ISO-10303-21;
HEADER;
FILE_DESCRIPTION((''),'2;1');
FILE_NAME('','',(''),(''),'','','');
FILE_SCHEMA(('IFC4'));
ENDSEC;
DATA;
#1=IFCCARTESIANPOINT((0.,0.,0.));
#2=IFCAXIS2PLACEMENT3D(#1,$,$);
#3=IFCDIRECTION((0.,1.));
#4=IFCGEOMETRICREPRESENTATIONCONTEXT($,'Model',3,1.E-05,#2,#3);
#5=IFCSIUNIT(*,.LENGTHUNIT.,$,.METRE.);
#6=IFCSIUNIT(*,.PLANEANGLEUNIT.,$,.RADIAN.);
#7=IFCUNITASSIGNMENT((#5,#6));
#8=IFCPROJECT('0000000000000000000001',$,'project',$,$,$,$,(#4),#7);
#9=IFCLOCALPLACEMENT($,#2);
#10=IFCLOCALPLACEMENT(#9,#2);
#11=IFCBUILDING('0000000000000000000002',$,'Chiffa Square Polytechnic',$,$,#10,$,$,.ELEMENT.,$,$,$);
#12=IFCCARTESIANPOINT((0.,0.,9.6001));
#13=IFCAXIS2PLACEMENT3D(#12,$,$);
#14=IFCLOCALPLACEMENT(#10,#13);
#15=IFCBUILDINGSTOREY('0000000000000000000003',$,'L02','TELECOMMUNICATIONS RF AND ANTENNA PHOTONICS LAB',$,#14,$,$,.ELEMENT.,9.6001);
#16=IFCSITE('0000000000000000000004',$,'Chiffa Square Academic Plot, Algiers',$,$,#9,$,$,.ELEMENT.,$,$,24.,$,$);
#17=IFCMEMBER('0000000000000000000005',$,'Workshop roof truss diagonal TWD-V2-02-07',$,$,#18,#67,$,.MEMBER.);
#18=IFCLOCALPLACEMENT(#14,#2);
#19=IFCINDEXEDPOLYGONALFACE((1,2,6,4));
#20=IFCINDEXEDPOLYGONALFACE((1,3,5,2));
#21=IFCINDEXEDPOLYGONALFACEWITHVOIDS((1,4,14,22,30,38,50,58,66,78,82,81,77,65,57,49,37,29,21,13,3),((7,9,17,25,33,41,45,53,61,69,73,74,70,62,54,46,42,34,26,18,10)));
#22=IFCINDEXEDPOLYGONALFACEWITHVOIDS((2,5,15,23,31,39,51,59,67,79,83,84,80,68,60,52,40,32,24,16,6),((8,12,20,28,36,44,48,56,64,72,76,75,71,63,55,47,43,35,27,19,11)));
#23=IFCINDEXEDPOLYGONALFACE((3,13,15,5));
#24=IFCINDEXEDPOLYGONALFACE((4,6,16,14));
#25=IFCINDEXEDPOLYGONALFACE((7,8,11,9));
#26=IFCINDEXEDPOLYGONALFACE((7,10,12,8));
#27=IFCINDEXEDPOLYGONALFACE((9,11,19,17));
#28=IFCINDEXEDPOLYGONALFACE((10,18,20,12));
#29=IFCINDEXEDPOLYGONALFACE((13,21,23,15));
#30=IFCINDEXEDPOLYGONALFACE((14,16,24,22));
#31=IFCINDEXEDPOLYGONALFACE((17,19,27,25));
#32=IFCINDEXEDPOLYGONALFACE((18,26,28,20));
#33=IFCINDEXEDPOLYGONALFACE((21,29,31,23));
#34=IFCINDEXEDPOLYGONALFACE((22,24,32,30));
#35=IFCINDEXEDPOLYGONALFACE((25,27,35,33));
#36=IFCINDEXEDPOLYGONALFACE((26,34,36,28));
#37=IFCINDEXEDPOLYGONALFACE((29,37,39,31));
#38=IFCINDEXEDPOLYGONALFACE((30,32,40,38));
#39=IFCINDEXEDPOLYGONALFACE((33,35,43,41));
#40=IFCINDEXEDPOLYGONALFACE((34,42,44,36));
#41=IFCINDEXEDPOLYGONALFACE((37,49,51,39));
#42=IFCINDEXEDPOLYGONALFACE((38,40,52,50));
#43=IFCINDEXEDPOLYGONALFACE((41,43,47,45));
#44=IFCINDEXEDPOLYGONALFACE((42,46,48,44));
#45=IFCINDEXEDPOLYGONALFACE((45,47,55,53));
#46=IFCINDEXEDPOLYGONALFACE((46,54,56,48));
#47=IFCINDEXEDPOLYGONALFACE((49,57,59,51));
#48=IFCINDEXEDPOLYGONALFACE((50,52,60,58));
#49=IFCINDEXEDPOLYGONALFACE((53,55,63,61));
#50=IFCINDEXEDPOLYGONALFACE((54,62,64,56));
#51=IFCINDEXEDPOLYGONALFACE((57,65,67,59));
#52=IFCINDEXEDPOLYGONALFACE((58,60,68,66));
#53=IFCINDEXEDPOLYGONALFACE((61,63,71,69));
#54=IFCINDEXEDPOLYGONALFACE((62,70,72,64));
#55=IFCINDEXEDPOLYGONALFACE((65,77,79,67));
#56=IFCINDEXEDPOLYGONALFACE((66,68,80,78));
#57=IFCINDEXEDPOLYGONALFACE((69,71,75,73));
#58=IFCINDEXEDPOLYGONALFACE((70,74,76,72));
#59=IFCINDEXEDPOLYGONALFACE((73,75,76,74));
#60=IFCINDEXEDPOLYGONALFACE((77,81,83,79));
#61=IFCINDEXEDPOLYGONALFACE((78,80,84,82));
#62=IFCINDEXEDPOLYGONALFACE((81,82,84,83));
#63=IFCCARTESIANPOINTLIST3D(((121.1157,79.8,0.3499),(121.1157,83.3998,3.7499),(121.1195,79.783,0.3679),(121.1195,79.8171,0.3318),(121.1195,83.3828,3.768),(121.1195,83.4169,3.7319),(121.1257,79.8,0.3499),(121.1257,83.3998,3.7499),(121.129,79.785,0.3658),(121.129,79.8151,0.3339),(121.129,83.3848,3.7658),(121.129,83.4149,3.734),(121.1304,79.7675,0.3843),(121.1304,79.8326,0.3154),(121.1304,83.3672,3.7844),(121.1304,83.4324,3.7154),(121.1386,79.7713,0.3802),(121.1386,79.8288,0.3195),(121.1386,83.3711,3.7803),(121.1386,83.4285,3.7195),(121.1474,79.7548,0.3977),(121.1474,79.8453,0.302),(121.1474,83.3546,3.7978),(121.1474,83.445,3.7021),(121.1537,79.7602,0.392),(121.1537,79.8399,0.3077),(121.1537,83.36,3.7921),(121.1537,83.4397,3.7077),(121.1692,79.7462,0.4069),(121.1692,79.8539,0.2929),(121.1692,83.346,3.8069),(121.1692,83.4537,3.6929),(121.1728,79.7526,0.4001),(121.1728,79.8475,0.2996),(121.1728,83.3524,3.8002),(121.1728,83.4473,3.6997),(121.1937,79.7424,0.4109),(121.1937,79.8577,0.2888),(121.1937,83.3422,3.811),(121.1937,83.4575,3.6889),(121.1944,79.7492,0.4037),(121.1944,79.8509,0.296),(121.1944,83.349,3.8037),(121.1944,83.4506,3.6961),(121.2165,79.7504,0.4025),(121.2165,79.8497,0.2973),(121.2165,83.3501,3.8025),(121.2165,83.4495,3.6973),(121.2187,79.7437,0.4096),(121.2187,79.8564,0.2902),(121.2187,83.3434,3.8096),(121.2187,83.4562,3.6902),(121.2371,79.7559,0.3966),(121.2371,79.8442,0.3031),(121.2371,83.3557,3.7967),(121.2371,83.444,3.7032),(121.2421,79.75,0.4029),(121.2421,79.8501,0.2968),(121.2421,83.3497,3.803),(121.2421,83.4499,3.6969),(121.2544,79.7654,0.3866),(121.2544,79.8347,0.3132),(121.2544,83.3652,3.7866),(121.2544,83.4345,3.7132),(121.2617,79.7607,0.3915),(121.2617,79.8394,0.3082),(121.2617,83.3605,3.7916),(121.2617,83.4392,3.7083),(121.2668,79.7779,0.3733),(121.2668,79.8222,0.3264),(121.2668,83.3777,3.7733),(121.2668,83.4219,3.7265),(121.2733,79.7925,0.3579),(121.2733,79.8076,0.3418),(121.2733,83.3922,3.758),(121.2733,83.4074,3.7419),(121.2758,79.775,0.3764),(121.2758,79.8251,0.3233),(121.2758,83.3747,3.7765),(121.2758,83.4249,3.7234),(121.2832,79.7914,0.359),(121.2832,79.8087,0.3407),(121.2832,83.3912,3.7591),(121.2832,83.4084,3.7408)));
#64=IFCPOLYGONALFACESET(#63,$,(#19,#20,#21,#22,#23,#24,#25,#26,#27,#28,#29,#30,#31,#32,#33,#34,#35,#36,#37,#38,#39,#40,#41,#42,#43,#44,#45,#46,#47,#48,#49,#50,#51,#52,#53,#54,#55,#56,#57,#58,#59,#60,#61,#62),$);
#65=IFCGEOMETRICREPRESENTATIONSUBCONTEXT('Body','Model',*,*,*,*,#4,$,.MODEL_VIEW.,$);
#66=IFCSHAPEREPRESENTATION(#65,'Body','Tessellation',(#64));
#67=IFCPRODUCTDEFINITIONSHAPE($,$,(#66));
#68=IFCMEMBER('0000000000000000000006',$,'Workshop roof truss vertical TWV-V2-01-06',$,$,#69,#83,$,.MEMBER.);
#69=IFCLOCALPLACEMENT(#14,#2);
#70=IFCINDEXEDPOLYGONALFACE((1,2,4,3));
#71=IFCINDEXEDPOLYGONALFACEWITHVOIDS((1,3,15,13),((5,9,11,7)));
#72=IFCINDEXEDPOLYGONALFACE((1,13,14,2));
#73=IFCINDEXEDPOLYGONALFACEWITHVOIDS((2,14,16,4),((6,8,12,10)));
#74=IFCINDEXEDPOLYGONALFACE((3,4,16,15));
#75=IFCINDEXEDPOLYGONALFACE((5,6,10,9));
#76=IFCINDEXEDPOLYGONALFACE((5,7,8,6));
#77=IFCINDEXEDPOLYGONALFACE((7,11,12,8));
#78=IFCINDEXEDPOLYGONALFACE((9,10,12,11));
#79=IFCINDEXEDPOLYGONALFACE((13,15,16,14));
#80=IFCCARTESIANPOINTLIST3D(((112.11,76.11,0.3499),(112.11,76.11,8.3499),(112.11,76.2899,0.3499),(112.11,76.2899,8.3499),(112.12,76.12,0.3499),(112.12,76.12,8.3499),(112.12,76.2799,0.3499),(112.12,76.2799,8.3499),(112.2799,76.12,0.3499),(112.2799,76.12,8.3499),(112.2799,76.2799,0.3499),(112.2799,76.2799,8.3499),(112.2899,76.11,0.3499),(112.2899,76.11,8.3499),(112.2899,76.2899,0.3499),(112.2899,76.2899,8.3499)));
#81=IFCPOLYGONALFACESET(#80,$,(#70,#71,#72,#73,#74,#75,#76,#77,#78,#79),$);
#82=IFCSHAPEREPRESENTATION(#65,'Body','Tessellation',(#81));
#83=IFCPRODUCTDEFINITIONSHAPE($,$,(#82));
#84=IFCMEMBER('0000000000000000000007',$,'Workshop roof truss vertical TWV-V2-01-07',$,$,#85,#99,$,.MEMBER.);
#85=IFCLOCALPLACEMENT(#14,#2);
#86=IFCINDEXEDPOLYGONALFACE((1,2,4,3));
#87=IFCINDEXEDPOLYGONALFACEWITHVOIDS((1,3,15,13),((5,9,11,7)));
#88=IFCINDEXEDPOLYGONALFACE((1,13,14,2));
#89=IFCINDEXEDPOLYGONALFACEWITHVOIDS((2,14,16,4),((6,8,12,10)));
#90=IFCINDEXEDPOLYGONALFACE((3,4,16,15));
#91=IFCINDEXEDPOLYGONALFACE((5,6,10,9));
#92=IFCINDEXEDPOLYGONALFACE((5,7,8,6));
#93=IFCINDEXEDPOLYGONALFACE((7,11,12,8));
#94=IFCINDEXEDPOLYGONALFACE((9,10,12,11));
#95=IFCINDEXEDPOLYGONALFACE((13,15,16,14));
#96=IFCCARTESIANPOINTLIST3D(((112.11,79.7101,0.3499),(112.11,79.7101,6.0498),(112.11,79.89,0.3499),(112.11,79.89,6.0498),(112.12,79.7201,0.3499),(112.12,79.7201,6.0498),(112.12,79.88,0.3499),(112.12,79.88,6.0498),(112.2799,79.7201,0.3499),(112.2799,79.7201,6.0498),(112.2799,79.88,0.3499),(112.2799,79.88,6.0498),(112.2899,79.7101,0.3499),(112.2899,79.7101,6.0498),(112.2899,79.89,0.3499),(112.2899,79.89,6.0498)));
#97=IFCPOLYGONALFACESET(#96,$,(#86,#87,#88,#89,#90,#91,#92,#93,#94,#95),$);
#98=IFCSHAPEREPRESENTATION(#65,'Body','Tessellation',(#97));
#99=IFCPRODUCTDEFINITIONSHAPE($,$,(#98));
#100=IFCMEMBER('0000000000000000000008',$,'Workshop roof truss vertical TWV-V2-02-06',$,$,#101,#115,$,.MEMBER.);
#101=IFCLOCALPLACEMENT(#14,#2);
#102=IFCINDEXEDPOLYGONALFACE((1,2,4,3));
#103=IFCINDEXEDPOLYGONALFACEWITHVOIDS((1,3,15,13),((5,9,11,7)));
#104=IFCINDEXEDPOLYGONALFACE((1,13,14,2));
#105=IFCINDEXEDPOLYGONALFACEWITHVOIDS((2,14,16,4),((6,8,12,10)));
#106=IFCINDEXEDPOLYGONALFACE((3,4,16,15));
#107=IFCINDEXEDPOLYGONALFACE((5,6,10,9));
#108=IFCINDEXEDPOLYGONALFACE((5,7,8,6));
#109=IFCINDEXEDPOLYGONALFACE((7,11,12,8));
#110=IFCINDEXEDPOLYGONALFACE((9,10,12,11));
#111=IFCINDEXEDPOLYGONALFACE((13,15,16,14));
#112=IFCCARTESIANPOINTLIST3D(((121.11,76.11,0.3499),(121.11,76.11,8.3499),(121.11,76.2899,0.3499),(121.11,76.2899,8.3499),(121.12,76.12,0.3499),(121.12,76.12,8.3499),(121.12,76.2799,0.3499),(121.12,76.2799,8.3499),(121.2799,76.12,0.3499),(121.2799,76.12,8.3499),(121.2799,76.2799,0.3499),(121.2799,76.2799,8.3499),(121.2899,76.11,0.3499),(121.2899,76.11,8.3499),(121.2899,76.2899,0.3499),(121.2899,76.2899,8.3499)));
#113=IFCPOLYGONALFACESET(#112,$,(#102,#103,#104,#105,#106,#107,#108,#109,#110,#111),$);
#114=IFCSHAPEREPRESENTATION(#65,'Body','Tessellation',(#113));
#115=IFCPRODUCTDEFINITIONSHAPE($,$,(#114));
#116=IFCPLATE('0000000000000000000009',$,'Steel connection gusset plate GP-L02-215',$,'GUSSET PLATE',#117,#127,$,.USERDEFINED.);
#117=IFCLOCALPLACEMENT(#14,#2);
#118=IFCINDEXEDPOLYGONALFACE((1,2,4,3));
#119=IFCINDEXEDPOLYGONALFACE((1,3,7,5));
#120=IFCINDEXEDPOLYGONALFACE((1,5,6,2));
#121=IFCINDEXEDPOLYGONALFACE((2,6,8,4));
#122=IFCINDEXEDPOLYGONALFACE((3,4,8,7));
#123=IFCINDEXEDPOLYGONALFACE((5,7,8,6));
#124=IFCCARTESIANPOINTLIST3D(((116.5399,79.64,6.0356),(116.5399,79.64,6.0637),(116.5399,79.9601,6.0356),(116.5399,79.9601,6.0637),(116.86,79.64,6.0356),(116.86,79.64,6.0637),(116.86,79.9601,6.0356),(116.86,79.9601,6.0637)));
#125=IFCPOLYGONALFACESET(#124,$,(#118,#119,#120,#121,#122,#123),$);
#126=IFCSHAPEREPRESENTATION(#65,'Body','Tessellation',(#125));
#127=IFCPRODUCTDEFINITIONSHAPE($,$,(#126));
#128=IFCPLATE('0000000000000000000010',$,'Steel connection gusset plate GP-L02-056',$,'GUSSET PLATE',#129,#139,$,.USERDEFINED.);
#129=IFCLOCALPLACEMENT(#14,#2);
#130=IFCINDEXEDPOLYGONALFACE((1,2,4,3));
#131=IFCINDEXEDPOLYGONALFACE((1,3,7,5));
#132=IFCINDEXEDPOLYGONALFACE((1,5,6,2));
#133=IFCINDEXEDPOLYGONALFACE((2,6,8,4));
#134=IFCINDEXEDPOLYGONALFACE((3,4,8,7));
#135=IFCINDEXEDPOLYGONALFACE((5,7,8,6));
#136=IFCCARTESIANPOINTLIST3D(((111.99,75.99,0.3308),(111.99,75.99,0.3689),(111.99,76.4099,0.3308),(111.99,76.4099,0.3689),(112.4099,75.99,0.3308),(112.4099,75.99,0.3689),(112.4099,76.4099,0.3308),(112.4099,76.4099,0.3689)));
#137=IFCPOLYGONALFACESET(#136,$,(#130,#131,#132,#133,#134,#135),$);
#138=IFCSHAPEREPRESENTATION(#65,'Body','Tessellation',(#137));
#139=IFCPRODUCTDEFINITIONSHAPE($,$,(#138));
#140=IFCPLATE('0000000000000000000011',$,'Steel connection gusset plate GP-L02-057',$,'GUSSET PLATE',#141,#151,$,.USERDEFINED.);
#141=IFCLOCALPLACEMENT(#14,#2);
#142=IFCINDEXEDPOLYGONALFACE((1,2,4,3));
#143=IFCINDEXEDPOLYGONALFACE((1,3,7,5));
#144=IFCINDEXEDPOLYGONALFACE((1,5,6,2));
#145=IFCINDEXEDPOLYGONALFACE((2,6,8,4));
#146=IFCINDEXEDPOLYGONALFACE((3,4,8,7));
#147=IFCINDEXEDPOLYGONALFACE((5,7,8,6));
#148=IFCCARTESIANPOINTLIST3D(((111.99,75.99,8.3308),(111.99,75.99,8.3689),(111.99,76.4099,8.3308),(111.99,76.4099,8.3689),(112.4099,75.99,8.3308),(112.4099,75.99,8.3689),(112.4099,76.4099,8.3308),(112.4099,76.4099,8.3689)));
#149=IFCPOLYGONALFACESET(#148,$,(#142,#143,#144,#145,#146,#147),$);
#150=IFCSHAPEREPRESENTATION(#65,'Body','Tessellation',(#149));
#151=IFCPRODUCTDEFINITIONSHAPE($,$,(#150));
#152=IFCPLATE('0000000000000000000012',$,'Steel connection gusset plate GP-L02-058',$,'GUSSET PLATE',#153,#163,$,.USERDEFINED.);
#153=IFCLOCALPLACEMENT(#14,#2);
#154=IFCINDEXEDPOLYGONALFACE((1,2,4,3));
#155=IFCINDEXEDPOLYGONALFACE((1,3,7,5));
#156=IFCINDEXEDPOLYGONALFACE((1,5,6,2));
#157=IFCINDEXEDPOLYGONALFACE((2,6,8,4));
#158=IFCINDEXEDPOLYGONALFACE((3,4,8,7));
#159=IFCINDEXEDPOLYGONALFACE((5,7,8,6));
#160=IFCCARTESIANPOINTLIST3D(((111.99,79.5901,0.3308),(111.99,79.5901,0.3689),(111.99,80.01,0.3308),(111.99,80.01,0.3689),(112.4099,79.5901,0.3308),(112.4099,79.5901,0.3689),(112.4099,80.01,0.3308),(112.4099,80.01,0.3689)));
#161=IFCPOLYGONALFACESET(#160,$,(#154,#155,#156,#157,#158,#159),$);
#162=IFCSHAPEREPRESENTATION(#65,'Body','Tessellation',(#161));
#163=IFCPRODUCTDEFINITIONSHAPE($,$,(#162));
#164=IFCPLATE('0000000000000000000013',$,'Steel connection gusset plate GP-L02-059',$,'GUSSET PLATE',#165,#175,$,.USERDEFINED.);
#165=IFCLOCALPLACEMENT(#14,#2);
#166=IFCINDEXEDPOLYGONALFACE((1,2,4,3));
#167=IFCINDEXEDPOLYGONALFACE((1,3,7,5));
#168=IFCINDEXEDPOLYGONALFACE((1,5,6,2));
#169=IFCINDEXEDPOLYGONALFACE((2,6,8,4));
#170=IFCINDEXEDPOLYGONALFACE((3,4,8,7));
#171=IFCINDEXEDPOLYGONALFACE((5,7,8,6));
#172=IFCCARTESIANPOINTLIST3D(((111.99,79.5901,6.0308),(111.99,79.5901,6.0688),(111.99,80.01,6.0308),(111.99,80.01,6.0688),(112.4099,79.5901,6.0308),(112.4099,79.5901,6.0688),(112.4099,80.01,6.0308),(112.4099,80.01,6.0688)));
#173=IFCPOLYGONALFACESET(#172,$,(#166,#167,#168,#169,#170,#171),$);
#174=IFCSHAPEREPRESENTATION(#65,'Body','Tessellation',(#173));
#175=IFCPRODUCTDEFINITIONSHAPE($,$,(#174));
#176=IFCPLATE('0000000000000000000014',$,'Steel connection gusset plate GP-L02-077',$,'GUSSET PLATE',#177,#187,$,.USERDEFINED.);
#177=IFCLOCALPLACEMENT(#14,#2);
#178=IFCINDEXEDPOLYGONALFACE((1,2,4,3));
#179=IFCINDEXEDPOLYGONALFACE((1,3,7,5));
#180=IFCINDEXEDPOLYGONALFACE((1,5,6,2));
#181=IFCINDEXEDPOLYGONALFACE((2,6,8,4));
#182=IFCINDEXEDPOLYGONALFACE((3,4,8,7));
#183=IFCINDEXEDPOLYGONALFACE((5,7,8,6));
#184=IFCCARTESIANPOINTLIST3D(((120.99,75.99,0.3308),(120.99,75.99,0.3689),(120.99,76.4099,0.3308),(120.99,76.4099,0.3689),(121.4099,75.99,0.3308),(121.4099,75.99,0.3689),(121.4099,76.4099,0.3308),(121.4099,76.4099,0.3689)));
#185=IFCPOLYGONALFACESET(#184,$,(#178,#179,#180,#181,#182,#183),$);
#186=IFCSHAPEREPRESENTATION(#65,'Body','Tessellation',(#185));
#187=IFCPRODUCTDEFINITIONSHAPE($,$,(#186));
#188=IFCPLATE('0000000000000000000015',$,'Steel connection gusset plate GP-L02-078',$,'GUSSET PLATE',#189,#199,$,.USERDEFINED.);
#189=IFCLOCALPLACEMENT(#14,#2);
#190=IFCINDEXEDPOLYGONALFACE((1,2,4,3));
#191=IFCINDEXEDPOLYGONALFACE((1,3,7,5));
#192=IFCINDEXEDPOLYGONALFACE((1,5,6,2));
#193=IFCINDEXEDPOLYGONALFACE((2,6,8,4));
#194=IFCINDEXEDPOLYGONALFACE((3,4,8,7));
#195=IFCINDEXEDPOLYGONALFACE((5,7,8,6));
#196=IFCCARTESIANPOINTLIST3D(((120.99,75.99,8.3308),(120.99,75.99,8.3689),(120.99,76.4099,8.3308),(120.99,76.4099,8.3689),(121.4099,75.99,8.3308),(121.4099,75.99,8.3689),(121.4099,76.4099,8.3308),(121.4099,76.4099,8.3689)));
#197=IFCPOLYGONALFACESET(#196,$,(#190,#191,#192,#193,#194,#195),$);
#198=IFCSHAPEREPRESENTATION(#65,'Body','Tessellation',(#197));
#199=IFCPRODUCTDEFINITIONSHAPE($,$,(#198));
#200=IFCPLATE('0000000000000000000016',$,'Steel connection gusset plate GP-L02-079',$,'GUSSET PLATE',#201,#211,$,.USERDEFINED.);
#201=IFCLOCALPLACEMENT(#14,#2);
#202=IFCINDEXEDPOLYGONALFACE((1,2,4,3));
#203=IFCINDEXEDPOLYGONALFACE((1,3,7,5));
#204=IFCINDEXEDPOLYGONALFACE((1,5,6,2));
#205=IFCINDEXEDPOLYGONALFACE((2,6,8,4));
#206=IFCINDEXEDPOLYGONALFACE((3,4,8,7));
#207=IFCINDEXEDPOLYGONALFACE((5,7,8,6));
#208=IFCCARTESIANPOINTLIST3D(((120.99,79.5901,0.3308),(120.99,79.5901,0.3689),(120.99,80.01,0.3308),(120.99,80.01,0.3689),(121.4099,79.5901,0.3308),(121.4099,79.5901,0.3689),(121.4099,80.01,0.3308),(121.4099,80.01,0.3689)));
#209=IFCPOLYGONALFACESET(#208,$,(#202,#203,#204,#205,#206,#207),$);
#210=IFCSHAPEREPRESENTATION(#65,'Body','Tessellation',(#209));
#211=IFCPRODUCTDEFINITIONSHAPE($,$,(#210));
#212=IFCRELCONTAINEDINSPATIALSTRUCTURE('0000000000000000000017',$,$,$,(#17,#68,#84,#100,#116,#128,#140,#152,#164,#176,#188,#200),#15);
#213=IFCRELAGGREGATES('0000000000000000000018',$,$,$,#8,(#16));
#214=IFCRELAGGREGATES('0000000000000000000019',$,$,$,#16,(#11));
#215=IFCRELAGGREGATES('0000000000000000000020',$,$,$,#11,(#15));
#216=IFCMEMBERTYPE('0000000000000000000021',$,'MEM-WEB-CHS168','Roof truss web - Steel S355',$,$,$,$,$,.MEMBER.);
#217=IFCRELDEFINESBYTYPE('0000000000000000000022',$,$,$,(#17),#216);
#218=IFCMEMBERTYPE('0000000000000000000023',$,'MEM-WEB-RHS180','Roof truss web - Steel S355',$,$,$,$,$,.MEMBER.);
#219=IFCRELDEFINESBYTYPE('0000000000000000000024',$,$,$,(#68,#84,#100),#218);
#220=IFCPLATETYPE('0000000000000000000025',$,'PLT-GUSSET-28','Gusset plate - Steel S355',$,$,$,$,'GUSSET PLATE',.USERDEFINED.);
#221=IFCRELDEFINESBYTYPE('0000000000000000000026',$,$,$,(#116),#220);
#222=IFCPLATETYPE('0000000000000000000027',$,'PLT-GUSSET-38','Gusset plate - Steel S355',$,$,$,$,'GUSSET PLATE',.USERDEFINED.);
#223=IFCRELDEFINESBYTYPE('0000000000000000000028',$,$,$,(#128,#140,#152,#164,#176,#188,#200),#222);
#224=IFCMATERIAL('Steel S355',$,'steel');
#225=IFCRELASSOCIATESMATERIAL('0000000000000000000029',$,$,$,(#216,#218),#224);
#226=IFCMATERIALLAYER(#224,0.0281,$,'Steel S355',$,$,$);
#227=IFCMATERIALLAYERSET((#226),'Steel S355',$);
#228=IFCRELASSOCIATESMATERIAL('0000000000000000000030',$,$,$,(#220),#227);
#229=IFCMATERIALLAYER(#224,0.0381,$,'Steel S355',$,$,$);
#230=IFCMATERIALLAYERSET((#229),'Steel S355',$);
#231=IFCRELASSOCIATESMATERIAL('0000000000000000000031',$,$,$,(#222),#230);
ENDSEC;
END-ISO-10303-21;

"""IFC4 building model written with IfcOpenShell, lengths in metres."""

from ifc_helpers import new_model, si_unit, direction, frame, origin, origin_2d, place, context, subcontext, project, spatial, rectangle, hollow_rectangle, hollow_circle, extrude, material, layer, layer_set, material_profile, profile_set, type_object, element, save


model = new_model("IFC4")

# Units and contexts
model_context = context("Model", 3, precision=1e-05, world=origin(), true_north=direction((0.0, 1.0)))
body_context = subcontext(model_context, "Body", "Model", "MODEL_VIEW")
ifc_project = project(units=[si_unit("LENGTHUNIT", "METRE"), si_unit("PLANEANGLEUNIT", "RADIAN")], contexts=[model_context])

# Site, building, storey
site_placement = place(None, origin())
site = spatial("IfcSite", under=ifc_project, at=site_placement, Name="Chiffa Square Academic Plot, Algiers", CompositionType="ELEMENT", RefElevation=24.0)
building_placement = place(site_placement, origin())
building = spatial("IfcBuilding", under=site, at=building_placement, Name="Chiffa Square Polytechnic", CompositionType="ELEMENT")
storey_placement = place(building_placement, frame((0.0, 0.0, 9.6001)))
storey = spatial("IfcBuildingStorey", under=building, at=storey_placement, Name="L02", Description="TELECOMMUNICATIONS RF AND ANTENNA PHOTONICS LAB", CompositionType="ELEMENT", Elevation=9.6001)

# Shared definitions
ifc_material_1 = material(Name="Steel S355", Category="steel")

# Members
ifc_material_profile_1 = material_profile(ifc_material_1, hollow_circle(Radius=0.0842, WallThickness=0.01, at=origin_2d()), Name="CHS 168.3x10")
ifc_profile_set_1 = profile_set([ifc_material_profile_1], Name="Steel S355")
member_type_1 = type_object("IfcMemberType", Name="MEM-WEB-CHS168", Description="Roof truss web - Steel S355", PredefinedType="MEMBER", material=ifc_profile_set_1)
member_1_placement = place(storey_placement, frame((121.2, 79.8, 0.3499), z_axis=(0.0, 0.726984, 0.686654), x_axis=(-1.0, 0.0, 0.0)))
element("IfcMember", 1, at=member_1_placement, inside=storey, type_object=member_type_1, Name="Workshop roof truss diagonal TWD-V2-02-07", PredefinedType="MEMBER", context=body_context, shape_type="SweptSolid", body=[
    extrude(hollow_circle(Radius=0.0842, WallThickness=0.01, at=origin_2d()), origin(), (0.0, 0.0, 1.0), 4.9517),
])
ifc_material_profile_2 = material_profile(ifc_material_1, hollow_rectangle(XDim=0.1799, YDim=0.1799, WallThickness=0.01, at=origin_2d()), Name="RHS 180x180x10")
ifc_profile_set_2 = profile_set([ifc_material_profile_2], Name="Steel S355")
member_type_2 = type_object("IfcMemberType", Name="MEM-WEB-RHS180", Description="Roof truss web - Steel S355", PredefinedType="MEMBER", material=ifc_profile_set_2)
member_2_placement = place(storey_placement, frame((112.2, 76.2, 0.3499), z_axis=(0.0, 0.0, 1.0), x_axis=(1.0, 0.0, 0.0)))
element("IfcMember", 2, at=member_2_placement, inside=storey, type_object=member_type_2, Name="Workshop roof truss vertical TWV-V2-01-06", PredefinedType="MEMBER", context=body_context, shape_type="SweptSolid", body=[
    extrude(hollow_rectangle(XDim=0.1799, YDim=0.1799, WallThickness=0.01, at=origin_2d()), origin(), (0.0, 0.0, 1.0), 8.0),
])
member_3_placement = place(storey_placement, frame((112.2, 79.8, 0.3499), z_axis=(0.0, 0.0, 1.0), x_axis=(1.0, 0.0, 0.0)))
element("IfcMember", 3, at=member_3_placement, inside=storey, type_object=member_type_2, Name="Workshop roof truss vertical TWV-V2-01-07", PredefinedType="MEMBER", context=body_context, shape_type="SweptSolid", body=[
    extrude(hollow_rectangle(XDim=0.1799, YDim=0.1799, WallThickness=0.01, at=origin_2d()), origin(), (0.0, 0.0, 1.0), 5.7),
])
member_4_placement = place(storey_placement, frame((121.2, 76.2, 0.3499), z_axis=(0.0, 0.0, 1.0), x_axis=(1.0, 0.0, 0.0)))
element("IfcMember", 4, at=member_4_placement, inside=storey, type_object=member_type_2, Name="Workshop roof truss vertical TWV-V2-02-06", PredefinedType="MEMBER", context=body_context, shape_type="SweptSolid", body=[
    extrude(hollow_rectangle(XDim=0.1799, YDim=0.1799, WallThickness=0.01, at=origin_2d()), origin(), (0.0, 0.0, 1.0), 8.0),
])

# Plates
ifc_layer_1 = layer(ifc_material_1, 0.0281, Name="Steel S355")
ifc_layer_set_1 = layer_set([ifc_layer_1], Name="Steel S355")
plate_type_1 = type_object("IfcPlateType", Name="PLT-GUSSET-28", Description="Gusset plate - Steel S355", ElementType="GUSSET PLATE", PredefinedType="USERDEFINED", material=ifc_layer_set_1)
plate_placement = place(storey_placement, frame((116.7, 79.8, 6.0356), z_axis=(0.0, 0.0, 1.0), x_axis=(1.0, 0.0, 0.0)))
element("IfcPlate", 5, at=plate_placement, inside=storey, type_object=plate_type_1, Name="Steel connection gusset plate GP-L02-215", ObjectType="GUSSET PLATE", PredefinedType="USERDEFINED", context=body_context, shape_type="SweptSolid", body=[
    extrude(rectangle(XDim=0.3201, YDim=0.3201, at=origin_2d()), origin(), (0.0, 0.0, 1.0), 0.0281),
])
ifc_layer_2 = layer(ifc_material_1, 0.0381, Name="Steel S355")
ifc_layer_set_2 = layer_set([ifc_layer_2], Name="Steel S355")
plate_type_2 = type_object("IfcPlateType", Name="PLT-GUSSET-38", Description="Gusset plate - Steel S355", ElementType="GUSSET PLATE", PredefinedType="USERDEFINED", material=ifc_layer_set_2)
for number, where, z_axis, x_axis, name in (
    (6, (112.2, 76.2, 0.3308), (0.0, 0.0, 1.0), (1.0, 0.0, 0.0), "Steel connection gusset plate GP-L02-056"),
    (7, (112.2, 76.2, 8.3308), (0.0, 0.0, 1.0), (1.0, 0.0, 0.0), "Steel connection gusset plate GP-L02-057"),
    (8, (112.2, 79.8, 0.3308), (0.0, 0.0, 1.0), (1.0, 0.0, 0.0), "Steel connection gusset plate GP-L02-058"),
    (9, (112.2, 79.8, 6.0308), (0.0, 0.0, 1.0), (1.0, 0.0, 0.0), "Steel connection gusset plate GP-L02-059"),
    (10, (121.2, 76.2, 0.3308), (0.0, 0.0, 1.0), (1.0, 0.0, 0.0), "Steel connection gusset plate GP-L02-077"),
    (11, (121.2, 76.2, 8.3308), (0.0, 0.0, 1.0), (1.0, 0.0, 0.0), "Steel connection gusset plate GP-L02-078"),
    (12, (121.2, 79.8, 0.3308), (0.0, 0.0, 1.0), (1.0, 0.0, 0.0), "Steel connection gusset plate GP-L02-079"),
):
    element("IfcPlate", number, at=place(storey_placement, frame(where, z_axis=z_axis, x_axis=x_axis)), inside=storey, type_object=plate_type_2, Name=name, ObjectType="GUSSET PLATE", PredefinedType="USERDEFINED", context=body_context, shape_type="SweptSolid", body=[
        extrude(rectangle(XDim=0.4199, YDim=0.4199, at=origin_2d()), origin(), (0.0, 0.0, 1.0), 0.0381),
    ])

save(model, "model.ifc")
